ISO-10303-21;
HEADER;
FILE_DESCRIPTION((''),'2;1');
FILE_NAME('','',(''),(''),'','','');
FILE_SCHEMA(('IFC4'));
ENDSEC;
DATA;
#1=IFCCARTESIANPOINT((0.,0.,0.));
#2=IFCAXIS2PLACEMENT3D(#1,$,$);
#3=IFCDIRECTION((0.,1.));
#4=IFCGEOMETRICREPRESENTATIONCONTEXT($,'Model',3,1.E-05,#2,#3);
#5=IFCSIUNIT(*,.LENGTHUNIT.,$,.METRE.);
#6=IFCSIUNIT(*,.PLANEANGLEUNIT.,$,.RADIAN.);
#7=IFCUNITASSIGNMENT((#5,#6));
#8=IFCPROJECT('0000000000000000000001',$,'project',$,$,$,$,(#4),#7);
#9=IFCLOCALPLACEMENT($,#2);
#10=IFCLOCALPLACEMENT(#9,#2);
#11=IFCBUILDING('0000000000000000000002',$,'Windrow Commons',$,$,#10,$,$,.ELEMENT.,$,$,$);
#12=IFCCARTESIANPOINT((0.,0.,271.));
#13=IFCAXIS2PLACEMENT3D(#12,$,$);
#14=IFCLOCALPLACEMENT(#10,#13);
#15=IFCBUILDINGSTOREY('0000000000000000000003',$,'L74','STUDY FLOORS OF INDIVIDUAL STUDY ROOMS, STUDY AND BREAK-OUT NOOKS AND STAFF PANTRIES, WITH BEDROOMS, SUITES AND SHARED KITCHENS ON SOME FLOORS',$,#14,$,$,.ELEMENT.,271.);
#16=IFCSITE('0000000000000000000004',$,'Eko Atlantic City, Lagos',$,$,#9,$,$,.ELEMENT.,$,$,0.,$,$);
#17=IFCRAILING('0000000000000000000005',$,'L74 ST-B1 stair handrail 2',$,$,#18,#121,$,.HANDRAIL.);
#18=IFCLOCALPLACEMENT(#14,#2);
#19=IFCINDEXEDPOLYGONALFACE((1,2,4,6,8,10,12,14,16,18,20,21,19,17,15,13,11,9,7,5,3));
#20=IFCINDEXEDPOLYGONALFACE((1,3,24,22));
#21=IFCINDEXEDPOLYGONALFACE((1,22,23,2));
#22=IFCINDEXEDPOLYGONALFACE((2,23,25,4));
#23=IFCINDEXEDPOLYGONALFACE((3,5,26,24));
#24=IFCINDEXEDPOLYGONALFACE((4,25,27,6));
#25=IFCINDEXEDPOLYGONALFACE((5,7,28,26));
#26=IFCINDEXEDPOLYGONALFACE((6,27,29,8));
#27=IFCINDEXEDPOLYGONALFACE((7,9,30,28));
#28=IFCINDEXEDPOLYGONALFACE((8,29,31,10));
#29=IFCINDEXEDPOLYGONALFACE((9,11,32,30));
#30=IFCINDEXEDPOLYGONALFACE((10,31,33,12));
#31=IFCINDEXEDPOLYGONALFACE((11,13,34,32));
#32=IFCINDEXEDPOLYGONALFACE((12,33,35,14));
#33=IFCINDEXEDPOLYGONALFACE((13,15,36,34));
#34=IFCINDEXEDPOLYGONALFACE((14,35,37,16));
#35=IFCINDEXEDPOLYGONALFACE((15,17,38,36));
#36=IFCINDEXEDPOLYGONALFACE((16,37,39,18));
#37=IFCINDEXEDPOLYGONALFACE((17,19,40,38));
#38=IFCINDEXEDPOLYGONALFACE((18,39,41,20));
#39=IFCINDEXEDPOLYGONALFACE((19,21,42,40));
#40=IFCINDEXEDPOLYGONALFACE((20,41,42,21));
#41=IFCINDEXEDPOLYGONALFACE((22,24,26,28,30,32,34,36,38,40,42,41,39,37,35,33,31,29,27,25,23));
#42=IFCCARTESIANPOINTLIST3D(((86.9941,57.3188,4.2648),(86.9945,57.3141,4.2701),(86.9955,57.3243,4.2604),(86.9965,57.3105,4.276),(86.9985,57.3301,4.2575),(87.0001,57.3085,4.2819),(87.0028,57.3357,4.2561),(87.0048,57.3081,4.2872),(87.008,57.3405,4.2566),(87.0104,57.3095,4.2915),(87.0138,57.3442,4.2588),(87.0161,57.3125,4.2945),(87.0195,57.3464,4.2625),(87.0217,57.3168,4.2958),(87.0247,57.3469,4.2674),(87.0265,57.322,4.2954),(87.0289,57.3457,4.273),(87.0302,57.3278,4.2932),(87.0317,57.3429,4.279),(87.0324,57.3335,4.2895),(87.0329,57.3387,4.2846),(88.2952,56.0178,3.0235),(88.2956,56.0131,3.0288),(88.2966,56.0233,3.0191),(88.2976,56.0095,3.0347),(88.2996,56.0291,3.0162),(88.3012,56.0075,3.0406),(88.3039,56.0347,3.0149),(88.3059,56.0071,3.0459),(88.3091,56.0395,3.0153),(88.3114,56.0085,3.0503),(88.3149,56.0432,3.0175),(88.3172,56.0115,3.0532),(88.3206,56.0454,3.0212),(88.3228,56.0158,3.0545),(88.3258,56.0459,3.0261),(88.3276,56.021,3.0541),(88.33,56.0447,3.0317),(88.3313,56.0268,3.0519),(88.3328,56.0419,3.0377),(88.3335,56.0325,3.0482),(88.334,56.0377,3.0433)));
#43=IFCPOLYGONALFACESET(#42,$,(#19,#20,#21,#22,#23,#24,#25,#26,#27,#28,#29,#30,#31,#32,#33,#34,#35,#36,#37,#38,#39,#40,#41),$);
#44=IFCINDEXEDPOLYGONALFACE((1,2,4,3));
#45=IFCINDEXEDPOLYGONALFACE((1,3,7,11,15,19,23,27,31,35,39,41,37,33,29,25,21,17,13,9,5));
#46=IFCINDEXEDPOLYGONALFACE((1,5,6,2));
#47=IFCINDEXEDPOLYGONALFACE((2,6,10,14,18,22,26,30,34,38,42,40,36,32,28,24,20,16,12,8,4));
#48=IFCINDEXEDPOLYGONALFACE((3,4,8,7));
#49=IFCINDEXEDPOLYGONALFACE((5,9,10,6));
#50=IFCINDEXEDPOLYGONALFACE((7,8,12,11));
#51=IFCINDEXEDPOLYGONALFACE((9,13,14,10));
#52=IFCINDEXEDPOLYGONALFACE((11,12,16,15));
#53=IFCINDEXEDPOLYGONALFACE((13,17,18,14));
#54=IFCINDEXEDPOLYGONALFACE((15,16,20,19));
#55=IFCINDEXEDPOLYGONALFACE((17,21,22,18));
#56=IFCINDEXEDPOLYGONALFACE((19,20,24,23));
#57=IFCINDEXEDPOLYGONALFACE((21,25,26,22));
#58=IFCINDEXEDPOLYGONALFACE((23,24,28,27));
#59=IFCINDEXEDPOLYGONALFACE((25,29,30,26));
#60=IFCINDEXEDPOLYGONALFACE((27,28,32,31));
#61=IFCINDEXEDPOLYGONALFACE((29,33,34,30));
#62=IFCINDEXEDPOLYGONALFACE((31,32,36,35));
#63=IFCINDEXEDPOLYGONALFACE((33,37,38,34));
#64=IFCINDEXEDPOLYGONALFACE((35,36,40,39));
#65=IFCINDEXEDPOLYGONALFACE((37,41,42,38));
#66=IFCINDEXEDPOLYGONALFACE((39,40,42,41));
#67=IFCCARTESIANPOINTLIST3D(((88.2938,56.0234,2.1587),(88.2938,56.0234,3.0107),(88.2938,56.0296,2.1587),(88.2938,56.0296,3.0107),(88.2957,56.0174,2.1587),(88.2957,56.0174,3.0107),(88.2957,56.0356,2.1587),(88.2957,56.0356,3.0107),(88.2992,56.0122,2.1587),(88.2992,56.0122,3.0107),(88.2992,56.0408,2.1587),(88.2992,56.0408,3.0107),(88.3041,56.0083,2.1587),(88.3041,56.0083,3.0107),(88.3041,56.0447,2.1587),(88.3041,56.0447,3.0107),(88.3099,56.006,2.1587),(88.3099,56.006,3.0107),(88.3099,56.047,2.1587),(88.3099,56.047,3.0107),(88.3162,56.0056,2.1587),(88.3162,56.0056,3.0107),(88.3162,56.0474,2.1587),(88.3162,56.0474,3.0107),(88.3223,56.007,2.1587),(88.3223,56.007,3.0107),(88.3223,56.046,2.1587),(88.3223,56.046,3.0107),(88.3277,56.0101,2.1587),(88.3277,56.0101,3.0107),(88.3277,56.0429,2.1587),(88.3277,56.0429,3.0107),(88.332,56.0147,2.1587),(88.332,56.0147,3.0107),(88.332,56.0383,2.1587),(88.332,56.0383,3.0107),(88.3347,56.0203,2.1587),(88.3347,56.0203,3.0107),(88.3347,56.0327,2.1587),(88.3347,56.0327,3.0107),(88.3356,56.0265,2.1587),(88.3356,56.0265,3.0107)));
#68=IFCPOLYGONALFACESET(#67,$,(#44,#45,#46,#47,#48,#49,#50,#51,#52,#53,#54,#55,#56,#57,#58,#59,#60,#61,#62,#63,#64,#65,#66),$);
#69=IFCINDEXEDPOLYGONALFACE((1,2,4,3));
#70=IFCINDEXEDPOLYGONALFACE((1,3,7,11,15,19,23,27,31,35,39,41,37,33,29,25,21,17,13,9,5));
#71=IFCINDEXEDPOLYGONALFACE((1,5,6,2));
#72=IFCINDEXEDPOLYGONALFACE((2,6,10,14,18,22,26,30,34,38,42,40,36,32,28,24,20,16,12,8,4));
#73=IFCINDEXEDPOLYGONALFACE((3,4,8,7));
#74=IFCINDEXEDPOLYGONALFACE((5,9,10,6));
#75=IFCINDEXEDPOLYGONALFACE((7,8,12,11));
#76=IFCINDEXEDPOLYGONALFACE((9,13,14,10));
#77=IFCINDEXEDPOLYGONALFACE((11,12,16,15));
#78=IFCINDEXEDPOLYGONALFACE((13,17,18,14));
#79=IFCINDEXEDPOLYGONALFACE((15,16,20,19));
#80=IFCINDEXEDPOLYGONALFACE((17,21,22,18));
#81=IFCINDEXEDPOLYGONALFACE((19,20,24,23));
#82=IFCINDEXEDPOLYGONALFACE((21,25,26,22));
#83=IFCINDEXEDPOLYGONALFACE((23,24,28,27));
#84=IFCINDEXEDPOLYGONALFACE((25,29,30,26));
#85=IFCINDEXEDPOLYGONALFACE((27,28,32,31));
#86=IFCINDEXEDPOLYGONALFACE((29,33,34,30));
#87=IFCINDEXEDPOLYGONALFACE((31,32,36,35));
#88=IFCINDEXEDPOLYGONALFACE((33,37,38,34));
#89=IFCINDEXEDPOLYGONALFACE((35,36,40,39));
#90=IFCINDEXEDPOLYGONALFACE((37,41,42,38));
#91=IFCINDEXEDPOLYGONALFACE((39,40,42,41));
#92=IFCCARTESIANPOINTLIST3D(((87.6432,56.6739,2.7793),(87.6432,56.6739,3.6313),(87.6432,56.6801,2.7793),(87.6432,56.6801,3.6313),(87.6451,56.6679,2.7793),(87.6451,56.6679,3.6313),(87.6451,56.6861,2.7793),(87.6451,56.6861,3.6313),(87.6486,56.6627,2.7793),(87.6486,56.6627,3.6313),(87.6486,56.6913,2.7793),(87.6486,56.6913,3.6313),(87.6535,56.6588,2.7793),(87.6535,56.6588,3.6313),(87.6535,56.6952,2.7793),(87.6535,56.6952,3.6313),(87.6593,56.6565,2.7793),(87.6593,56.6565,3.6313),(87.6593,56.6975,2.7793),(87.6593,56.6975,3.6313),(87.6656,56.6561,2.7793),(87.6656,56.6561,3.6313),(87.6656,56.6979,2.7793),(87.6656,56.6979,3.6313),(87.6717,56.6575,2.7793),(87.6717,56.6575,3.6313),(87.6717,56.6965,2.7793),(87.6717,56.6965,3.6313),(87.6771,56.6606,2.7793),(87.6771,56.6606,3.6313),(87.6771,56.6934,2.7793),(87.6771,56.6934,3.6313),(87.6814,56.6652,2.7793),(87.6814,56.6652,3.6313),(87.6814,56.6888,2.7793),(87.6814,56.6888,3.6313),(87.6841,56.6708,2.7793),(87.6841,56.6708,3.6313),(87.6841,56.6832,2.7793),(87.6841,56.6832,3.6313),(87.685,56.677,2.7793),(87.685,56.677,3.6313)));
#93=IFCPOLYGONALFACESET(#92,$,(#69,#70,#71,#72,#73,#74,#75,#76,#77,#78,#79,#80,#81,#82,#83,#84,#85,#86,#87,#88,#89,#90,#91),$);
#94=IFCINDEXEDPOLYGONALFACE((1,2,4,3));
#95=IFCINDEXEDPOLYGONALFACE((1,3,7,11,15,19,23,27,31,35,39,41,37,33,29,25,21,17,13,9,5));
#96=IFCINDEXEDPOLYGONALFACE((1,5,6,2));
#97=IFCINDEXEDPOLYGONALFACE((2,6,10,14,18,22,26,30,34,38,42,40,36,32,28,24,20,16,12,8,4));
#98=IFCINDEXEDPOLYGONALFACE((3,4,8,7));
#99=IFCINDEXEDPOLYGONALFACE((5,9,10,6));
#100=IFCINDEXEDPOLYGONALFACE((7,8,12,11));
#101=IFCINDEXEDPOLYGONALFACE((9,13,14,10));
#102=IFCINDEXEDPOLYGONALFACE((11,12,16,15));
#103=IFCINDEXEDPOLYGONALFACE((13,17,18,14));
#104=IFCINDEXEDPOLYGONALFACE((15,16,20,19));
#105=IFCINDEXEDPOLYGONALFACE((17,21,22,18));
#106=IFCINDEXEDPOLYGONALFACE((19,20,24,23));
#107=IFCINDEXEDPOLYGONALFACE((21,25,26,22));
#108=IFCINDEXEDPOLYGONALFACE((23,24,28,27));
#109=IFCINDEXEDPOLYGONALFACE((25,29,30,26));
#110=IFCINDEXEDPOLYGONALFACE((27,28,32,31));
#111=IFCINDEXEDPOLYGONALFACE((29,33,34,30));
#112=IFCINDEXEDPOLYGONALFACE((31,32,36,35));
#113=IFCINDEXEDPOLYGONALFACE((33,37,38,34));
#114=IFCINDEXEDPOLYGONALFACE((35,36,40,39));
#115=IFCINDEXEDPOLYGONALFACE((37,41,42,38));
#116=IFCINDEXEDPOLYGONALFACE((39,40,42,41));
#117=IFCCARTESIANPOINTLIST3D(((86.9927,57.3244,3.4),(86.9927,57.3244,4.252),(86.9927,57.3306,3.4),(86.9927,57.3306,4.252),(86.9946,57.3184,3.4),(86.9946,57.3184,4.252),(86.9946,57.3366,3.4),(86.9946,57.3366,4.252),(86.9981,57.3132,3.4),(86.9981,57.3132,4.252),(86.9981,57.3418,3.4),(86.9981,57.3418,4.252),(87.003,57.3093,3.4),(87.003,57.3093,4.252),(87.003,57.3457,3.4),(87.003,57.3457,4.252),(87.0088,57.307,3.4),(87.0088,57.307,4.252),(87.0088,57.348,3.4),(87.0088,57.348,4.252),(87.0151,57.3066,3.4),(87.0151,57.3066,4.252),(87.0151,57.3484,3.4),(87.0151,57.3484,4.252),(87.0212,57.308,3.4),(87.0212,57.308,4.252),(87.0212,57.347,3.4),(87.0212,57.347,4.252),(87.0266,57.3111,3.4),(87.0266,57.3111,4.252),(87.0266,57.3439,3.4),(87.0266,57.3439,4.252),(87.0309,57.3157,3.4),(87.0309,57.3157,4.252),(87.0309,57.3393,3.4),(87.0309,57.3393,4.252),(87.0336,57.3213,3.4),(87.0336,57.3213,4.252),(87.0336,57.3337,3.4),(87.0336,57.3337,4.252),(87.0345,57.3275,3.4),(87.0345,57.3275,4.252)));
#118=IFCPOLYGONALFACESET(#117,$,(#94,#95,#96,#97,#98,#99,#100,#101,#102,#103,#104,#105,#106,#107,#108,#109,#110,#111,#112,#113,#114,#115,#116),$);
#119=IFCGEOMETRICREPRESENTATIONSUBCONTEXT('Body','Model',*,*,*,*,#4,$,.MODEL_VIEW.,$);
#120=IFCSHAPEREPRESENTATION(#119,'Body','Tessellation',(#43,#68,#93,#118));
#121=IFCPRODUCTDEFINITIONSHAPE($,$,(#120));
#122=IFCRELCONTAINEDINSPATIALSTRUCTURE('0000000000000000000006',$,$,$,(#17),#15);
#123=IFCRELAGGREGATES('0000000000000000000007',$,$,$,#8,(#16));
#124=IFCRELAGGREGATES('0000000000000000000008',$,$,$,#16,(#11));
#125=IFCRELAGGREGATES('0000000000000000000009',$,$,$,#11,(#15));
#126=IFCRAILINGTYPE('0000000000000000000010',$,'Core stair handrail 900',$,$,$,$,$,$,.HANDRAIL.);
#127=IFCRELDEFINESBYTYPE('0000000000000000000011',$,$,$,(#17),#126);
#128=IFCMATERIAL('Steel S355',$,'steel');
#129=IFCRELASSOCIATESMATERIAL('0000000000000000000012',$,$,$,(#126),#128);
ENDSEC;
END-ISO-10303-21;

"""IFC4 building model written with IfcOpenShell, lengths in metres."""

from ifc_helpers import new_model, si_unit, direction, frame, origin, origin_2d, place, context, subcontext, project, spatial, circle, extrude, material, type_object, element, save


model = new_model("IFC4")

# Units and contexts
model_context = context("Model", 3, precision=1e-05, world=origin(), true_north=direction((0.0, 1.0)))
body_context = subcontext(model_context, "Body", "Model", "MODEL_VIEW")
ifc_project = project(units=[si_unit("LENGTHUNIT", "METRE"), si_unit("PLANEANGLEUNIT", "RADIAN")], contexts=[model_context])

# Site, building, storey
site_placement = place(None, origin())
site = spatial("IfcSite", under=ifc_project, at=site_placement, Name="Eko Atlantic City, Lagos", CompositionType="ELEMENT", RefElevation=0.0)
building_placement = place(site_placement, origin())
building = spatial("IfcBuilding", under=site, at=building_placement, Name="Windrow Commons", CompositionType="ELEMENT")
storey_placement = place(building_placement, frame((0.0, 0.0, 271.0)))
storey = spatial("IfcBuildingStorey", under=building, at=storey_placement, Name="L74", Description="STUDY FLOORS OF INDIVIDUAL STUDY ROOMS, STUDY AND BREAK-OUT NOOKS AND STAFF PANTRIES, WITH BEDROOMS, SUITES AND SHARED KITCHENS ON SOME FLOORS", CompositionType="ELEMENT", Elevation=271.0)

# Railing
ifc_material_1 = material(Name="Steel S355", Category="steel")
railing_type_1 = type_object("IfcRailingType", Name="Core stair handrail 900", PredefinedType="HANDRAIL", material=ifc_material_1)
railing_1_placement = place(storey_placement, frame((88.3146, 56.0265, 2.1587)))
element("IfcRailing", 1, at=railing_1_placement, inside=storey, type_object=railing_type_1, Name="L74 ST-B1 stair handrail 2", PredefinedType="HANDRAIL", context=body_context, shape_type="SweptSolid", body=[
    extrude(circle(Radius=0.024, at=origin_2d()), frame((0.0, 0.0, 0.876), z_axis=(-0.586207, 0.586162, 0.559264), x_axis=(-0.70708, -0.707134, 0.0)), (0.0, 0.0, 1.0), 2.2195),
    extrude(circle(Radius=0.021, at=origin_2d()), origin(), (0.0, 0.0, 1.0), 0.852),
    extrude(circle(Radius=0.021, at=origin_2d()), frame((-0.6506, 0.6505, 0.6206)), (0.0, 0.0, 1.0), 0.852),
    extrude(circle(Radius=0.021, at=origin_2d()), frame((-1.3011, 1.301, 1.2413)), (0.0, 0.0, 1.0), 0.852),
])

save(model, "model.ifc")
